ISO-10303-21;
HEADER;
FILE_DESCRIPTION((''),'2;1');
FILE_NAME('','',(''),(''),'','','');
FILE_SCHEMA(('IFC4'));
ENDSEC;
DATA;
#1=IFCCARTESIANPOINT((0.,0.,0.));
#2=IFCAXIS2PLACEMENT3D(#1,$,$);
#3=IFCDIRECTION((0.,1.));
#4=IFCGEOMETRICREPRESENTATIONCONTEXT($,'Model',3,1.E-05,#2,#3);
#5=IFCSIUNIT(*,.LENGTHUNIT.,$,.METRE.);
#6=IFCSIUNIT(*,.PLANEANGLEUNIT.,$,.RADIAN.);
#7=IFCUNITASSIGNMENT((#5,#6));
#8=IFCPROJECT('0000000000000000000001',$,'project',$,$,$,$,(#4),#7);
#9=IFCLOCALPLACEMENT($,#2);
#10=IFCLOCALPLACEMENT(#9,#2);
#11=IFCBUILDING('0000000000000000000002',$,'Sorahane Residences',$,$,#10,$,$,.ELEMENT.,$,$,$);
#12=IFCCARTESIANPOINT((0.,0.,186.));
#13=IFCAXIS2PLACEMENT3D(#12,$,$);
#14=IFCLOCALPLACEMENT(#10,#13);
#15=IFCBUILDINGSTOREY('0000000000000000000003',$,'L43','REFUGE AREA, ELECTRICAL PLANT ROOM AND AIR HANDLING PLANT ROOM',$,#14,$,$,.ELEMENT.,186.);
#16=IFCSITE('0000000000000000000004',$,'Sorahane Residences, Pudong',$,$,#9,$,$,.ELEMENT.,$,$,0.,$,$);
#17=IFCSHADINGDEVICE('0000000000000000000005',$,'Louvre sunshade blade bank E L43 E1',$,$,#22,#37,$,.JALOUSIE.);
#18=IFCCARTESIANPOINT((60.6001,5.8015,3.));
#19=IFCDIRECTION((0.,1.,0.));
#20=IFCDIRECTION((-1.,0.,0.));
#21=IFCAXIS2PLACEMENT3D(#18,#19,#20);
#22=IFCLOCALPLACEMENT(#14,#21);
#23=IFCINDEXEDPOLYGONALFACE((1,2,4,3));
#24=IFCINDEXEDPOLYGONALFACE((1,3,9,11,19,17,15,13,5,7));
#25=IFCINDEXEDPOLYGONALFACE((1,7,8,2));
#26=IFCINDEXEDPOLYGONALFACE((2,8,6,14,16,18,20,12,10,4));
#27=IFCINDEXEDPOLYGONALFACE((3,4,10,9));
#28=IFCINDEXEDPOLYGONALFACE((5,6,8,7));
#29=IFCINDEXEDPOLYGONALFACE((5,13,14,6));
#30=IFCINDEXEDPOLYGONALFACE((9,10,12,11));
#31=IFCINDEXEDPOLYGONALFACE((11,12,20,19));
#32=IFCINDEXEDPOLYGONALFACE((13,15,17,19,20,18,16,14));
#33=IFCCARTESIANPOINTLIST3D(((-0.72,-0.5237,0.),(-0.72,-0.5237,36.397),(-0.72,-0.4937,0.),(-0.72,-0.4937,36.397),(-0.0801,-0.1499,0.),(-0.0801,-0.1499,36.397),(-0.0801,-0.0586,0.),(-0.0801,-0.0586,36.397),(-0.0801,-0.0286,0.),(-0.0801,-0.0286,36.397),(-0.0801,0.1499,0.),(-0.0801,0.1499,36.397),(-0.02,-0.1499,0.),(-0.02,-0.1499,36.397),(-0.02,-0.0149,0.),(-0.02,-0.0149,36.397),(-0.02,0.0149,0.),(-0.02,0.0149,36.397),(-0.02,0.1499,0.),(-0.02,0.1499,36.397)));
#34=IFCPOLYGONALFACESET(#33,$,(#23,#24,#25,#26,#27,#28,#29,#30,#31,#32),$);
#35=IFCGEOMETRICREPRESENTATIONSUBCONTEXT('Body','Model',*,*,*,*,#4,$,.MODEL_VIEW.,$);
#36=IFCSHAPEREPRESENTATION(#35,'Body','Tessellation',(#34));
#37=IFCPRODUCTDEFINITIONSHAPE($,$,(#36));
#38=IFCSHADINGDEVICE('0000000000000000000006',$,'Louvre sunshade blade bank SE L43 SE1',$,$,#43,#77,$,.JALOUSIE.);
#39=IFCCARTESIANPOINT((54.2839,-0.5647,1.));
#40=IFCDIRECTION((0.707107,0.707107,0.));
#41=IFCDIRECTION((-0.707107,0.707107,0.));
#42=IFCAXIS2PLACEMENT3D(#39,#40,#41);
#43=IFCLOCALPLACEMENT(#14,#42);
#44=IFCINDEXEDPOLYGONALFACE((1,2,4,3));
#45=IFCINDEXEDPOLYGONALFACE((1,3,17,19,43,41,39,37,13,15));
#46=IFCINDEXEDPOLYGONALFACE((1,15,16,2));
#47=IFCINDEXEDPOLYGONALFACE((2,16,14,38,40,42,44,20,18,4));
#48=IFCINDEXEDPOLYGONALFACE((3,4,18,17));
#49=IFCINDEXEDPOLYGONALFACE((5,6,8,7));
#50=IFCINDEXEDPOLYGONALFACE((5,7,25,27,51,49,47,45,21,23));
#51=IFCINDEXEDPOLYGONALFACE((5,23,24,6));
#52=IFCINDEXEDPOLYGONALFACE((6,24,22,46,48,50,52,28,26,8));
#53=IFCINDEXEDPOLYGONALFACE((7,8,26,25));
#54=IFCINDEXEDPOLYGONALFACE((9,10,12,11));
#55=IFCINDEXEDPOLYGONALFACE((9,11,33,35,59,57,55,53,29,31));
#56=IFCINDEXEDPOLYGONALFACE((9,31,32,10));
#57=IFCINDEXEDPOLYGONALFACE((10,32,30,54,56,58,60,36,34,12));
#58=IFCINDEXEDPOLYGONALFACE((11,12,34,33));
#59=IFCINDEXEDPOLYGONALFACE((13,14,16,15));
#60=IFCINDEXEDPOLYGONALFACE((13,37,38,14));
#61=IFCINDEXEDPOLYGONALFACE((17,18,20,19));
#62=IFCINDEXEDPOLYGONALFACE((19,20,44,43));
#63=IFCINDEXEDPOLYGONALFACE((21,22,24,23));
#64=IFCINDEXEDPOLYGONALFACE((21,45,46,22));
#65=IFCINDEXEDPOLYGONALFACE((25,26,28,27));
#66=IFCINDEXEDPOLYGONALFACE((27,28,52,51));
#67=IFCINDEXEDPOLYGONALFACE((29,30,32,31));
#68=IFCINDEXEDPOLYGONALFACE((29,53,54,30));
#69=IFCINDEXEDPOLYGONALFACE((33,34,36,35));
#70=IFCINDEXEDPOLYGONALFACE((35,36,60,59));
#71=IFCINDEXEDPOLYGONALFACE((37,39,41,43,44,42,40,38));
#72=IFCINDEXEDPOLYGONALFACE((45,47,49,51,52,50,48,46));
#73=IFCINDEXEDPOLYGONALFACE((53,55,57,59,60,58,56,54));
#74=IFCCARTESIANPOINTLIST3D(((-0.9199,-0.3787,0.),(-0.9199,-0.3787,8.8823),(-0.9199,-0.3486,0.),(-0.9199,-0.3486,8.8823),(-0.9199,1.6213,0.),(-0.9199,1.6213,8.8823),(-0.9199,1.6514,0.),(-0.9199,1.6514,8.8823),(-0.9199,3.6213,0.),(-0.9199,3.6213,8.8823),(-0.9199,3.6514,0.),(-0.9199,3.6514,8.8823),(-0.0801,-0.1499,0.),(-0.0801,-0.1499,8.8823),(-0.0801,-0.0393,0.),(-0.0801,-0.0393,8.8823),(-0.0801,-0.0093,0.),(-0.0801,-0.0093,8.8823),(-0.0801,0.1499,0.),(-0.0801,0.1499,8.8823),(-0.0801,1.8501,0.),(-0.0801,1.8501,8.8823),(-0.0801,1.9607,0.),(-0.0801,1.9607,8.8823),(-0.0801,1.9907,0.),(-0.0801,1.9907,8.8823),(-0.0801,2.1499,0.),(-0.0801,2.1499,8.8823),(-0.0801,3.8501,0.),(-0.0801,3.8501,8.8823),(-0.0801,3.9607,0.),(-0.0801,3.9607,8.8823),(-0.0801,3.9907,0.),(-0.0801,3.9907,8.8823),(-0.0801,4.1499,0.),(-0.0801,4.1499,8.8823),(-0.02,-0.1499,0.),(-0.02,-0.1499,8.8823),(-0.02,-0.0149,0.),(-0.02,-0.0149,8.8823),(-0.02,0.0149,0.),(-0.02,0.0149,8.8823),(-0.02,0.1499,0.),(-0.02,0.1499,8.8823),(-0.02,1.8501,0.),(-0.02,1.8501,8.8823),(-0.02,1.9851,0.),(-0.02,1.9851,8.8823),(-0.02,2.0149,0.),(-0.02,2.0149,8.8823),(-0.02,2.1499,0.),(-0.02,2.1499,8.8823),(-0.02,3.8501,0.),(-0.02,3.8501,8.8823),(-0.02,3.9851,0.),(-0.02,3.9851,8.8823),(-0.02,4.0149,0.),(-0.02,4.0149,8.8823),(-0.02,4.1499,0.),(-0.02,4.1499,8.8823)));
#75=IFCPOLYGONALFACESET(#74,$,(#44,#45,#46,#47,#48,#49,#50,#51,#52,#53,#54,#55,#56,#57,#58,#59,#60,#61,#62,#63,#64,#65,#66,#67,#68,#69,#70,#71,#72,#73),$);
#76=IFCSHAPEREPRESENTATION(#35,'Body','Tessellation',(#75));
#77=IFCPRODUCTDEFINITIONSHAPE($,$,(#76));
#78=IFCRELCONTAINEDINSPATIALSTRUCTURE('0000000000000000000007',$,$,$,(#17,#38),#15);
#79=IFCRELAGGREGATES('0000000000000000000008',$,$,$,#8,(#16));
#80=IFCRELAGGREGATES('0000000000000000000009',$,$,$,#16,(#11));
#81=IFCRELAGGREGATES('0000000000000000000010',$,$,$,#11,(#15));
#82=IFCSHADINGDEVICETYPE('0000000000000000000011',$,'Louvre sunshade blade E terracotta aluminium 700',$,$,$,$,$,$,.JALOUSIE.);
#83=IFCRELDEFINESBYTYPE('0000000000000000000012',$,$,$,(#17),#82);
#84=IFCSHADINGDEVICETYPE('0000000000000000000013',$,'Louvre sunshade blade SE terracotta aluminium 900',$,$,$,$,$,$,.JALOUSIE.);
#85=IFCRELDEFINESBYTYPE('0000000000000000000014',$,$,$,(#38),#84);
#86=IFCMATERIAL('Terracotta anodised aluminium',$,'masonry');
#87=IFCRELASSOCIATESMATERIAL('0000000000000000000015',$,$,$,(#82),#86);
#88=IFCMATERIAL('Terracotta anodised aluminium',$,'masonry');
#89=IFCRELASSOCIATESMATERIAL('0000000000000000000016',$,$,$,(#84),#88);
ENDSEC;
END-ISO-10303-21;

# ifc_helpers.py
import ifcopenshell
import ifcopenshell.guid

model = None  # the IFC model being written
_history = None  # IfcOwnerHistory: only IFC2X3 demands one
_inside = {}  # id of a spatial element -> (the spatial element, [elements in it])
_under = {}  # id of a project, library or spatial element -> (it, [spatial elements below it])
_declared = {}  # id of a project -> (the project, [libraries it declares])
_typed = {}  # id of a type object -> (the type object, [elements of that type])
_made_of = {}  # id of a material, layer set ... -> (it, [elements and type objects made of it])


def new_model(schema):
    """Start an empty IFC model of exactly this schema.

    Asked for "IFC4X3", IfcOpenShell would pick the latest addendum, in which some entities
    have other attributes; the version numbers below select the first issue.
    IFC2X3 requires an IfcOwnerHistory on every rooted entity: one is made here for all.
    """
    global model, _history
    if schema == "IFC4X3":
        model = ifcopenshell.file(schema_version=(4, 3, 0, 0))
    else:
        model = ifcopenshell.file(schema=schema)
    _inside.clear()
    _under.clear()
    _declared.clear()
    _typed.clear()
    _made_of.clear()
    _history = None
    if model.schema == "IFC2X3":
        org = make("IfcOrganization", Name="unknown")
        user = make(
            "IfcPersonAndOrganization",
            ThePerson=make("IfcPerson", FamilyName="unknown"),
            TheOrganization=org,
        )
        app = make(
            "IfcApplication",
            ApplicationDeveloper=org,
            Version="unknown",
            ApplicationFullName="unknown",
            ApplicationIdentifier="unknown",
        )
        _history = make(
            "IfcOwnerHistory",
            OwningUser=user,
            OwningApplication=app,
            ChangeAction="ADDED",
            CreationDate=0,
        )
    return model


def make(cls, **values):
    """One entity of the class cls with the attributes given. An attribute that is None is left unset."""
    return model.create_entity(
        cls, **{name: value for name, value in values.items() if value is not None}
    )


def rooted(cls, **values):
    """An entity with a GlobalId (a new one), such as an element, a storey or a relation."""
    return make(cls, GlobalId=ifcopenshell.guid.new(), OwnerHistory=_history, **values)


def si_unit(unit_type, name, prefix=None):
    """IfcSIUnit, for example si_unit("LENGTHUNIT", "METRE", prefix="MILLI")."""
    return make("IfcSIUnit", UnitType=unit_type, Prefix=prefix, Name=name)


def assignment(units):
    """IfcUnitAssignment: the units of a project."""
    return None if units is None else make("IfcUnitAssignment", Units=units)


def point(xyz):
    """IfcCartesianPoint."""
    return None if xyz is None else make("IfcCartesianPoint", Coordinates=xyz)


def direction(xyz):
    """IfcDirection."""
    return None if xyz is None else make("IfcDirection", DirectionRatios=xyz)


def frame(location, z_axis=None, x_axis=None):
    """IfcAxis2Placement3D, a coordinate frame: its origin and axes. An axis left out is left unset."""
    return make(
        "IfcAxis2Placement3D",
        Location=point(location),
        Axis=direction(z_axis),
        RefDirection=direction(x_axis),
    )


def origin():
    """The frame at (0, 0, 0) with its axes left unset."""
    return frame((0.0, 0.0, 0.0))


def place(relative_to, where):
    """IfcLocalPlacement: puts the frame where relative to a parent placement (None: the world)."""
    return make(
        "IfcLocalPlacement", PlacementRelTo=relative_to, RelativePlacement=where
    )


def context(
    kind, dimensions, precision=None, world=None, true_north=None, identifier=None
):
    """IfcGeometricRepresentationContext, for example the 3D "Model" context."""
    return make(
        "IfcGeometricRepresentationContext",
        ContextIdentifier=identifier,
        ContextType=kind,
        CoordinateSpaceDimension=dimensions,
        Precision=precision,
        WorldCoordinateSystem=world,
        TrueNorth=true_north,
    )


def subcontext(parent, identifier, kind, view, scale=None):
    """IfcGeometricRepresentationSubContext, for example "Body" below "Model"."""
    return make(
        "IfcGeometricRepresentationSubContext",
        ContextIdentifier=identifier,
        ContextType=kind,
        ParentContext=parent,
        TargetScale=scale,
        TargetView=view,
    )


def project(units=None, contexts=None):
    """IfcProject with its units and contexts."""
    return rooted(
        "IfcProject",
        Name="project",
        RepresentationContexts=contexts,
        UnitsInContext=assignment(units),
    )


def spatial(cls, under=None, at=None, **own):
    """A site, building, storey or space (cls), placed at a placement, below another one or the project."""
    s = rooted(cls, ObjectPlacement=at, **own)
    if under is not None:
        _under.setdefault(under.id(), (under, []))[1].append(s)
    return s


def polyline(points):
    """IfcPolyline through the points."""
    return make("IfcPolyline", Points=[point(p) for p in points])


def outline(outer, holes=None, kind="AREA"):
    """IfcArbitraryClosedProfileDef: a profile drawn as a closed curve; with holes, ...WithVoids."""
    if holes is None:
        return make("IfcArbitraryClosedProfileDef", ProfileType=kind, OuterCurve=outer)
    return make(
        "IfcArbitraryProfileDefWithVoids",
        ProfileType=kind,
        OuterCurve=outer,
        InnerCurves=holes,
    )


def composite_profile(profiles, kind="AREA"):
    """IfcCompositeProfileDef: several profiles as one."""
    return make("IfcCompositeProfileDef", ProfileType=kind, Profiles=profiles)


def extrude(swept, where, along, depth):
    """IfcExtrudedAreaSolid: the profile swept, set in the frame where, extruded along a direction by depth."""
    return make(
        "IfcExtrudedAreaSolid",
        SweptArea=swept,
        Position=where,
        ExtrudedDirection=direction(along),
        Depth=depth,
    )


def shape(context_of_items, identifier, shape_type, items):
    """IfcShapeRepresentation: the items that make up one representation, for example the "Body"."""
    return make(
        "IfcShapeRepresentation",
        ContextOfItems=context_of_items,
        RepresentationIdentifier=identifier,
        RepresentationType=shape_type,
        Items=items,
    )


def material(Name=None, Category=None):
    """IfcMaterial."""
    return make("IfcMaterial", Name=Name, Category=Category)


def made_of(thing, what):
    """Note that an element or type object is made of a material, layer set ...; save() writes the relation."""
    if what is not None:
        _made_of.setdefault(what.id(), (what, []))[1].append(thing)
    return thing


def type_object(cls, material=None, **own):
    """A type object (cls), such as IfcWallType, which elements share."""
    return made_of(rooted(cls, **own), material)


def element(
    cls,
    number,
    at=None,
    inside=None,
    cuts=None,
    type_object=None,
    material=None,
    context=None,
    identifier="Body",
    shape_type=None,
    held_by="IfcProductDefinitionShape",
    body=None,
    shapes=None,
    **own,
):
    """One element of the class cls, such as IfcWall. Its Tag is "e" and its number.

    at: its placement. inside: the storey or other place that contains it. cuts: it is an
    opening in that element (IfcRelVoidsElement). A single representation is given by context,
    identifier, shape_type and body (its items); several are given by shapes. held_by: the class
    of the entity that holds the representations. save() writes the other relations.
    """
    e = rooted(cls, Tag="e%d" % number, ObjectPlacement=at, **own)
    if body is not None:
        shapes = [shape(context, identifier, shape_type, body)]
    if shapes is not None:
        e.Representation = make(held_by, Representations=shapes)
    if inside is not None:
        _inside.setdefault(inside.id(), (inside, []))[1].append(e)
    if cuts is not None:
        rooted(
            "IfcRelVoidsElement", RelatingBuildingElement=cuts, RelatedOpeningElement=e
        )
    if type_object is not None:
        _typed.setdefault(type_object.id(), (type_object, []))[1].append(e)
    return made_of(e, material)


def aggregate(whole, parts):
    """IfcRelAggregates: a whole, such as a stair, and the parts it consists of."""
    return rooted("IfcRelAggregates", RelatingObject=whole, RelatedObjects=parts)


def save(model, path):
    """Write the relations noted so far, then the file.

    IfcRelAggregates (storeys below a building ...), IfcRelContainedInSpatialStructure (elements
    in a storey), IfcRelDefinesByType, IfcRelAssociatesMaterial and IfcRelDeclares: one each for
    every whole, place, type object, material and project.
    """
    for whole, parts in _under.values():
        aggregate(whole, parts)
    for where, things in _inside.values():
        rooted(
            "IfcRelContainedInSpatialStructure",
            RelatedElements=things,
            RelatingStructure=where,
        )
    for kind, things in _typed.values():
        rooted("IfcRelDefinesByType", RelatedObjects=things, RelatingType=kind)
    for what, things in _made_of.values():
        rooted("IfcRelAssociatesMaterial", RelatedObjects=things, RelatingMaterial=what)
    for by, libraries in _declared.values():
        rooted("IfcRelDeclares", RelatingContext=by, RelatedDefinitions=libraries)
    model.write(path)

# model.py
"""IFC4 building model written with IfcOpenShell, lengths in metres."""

from ifc_helpers import new_model, si_unit, direction, frame, origin, place, context, subcontext, project, spatial, polyline, outline, composite_profile, extrude, material, type_object, element, save


model = new_model("IFC4")

# Units and contexts
model_context = context("Model", 3, precision=1e-05, world=origin(), true_north=direction((0.0, 1.0)))
body_context = subcontext(model_context, "Body", "Model", "MODEL_VIEW")
ifc_project = project(units=[si_unit("LENGTHUNIT", "METRE"), si_unit("PLANEANGLEUNIT", "RADIAN")], contexts=[model_context])

# Site, building, storey
site_placement = place(None, origin())
site = spatial("IfcSite", under=ifc_project, at=site_placement, Name="Sorahane Residences, Pudong", CompositionType="ELEMENT", RefElevation=0.0)
building_placement = place(site_placement, origin())
building = spatial("IfcBuilding", under=site, at=building_placement, Name="Sorahane Residences", CompositionType="ELEMENT")
storey_placement = place(building_placement, frame((0.0, 0.0, 186.0)))
storey = spatial("IfcBuildingStorey", under=building, at=storey_placement, Name="L43", Description="REFUGE AREA, ELECTRICAL PLANT ROOM AND AIR HANDLING PLANT ROOM", CompositionType="ELEMENT", Elevation=186.0)

# Shading devices
ifc_material_1 = material(Name="Terracotta anodised aluminium", Category="masonry")
shading_device_type_1 = type_object("IfcShadingDeviceType", Name="Louvre sunshade blade E terracotta aluminium 700", PredefinedType="JALOUSIE", material=ifc_material_1)
shading_device_1_placement = place(storey_placement, frame((60.6001, 5.8015, 3.0), z_axis=(0.0, 1.0, 0.0), x_axis=(-1.0, 0.0, 0.0)))
element("IfcShadingDevice", 1, at=shading_device_1_placement, inside=storey, type_object=shading_device_type_1, Name="Louvre sunshade blade bank E L43 E1", PredefinedType="JALOUSIE", context=body_context, shape_type="SweptSolid", body=[
    extrude(outline(polyline([(-0.72, -0.4937), (-0.72, -0.5237), (-0.0801, -0.0586), (-0.0801, -0.1499), (-0.02, -0.1499), (-0.02, -0.0149), (-0.02, 0.0149), (-0.02, 0.1499), (-0.0801, 0.1499), (-0.0801, -0.0286), (-0.72, -0.4937)])), origin(), (0.0, 0.0, 1.0), 36.397),
])
ifc_material_2 = material(Name="Terracotta anodised aluminium", Category="masonry")
shading_device_type_2 = type_object("IfcShadingDeviceType", Name="Louvre sunshade blade SE terracotta aluminium 900", PredefinedType="JALOUSIE", material=ifc_material_2)
shading_device_2_placement = place(storey_placement, frame((54.2839, -0.5647, 1.0), z_axis=(0.707107, 0.707107, 0.0), x_axis=(-0.707107, 0.707107, 0.0)))
element("IfcShadingDevice", 2, at=shading_device_2_placement, inside=storey, type_object=shading_device_type_2, Name="Louvre sunshade blade bank SE L43 SE1", PredefinedType="JALOUSIE", context=body_context, shape_type="SweptSolid", body=[
    extrude(composite_profile([outline(polyline([(-0.9199, -0.3486), (-0.9199, -0.3787), (-0.0801, -0.0393), (-0.0801, -0.1499), (-0.02, -0.1499), (-0.02, -0.0149), (-0.02, 0.0149), (-0.02, 0.1499), (-0.0801, 0.1499), (-0.0801, -0.0093), (-0.9199, -0.3486)])), outline(polyline([(-0.9199, 1.6514), (-0.9199, 1.6213), (-0.0801, 1.9607), (-0.0801, 1.8501), (-0.02, 1.8501), (-0.02, 1.9851), (-0.02, 2.0149), (-0.02, 2.1499), (-0.0801, 2.1499), (-0.0801, 1.9907), (-0.9199, 1.6514)])), outline(polyline([(-0.9199, 3.6514), (-0.9199, 3.6213), (-0.0801, 3.9607), (-0.0801, 3.8501), (-0.02, 3.8501), (-0.02, 3.9851), (-0.02, 4.0149), (-0.02, 4.1499), (-0.0801, 4.1499), (-0.0801, 3.9907), (-0.9199, 3.6514)]))]), origin(), (0.0, 0.0, 1.0), 8.8823),
])

save(model, "model.ifc")
